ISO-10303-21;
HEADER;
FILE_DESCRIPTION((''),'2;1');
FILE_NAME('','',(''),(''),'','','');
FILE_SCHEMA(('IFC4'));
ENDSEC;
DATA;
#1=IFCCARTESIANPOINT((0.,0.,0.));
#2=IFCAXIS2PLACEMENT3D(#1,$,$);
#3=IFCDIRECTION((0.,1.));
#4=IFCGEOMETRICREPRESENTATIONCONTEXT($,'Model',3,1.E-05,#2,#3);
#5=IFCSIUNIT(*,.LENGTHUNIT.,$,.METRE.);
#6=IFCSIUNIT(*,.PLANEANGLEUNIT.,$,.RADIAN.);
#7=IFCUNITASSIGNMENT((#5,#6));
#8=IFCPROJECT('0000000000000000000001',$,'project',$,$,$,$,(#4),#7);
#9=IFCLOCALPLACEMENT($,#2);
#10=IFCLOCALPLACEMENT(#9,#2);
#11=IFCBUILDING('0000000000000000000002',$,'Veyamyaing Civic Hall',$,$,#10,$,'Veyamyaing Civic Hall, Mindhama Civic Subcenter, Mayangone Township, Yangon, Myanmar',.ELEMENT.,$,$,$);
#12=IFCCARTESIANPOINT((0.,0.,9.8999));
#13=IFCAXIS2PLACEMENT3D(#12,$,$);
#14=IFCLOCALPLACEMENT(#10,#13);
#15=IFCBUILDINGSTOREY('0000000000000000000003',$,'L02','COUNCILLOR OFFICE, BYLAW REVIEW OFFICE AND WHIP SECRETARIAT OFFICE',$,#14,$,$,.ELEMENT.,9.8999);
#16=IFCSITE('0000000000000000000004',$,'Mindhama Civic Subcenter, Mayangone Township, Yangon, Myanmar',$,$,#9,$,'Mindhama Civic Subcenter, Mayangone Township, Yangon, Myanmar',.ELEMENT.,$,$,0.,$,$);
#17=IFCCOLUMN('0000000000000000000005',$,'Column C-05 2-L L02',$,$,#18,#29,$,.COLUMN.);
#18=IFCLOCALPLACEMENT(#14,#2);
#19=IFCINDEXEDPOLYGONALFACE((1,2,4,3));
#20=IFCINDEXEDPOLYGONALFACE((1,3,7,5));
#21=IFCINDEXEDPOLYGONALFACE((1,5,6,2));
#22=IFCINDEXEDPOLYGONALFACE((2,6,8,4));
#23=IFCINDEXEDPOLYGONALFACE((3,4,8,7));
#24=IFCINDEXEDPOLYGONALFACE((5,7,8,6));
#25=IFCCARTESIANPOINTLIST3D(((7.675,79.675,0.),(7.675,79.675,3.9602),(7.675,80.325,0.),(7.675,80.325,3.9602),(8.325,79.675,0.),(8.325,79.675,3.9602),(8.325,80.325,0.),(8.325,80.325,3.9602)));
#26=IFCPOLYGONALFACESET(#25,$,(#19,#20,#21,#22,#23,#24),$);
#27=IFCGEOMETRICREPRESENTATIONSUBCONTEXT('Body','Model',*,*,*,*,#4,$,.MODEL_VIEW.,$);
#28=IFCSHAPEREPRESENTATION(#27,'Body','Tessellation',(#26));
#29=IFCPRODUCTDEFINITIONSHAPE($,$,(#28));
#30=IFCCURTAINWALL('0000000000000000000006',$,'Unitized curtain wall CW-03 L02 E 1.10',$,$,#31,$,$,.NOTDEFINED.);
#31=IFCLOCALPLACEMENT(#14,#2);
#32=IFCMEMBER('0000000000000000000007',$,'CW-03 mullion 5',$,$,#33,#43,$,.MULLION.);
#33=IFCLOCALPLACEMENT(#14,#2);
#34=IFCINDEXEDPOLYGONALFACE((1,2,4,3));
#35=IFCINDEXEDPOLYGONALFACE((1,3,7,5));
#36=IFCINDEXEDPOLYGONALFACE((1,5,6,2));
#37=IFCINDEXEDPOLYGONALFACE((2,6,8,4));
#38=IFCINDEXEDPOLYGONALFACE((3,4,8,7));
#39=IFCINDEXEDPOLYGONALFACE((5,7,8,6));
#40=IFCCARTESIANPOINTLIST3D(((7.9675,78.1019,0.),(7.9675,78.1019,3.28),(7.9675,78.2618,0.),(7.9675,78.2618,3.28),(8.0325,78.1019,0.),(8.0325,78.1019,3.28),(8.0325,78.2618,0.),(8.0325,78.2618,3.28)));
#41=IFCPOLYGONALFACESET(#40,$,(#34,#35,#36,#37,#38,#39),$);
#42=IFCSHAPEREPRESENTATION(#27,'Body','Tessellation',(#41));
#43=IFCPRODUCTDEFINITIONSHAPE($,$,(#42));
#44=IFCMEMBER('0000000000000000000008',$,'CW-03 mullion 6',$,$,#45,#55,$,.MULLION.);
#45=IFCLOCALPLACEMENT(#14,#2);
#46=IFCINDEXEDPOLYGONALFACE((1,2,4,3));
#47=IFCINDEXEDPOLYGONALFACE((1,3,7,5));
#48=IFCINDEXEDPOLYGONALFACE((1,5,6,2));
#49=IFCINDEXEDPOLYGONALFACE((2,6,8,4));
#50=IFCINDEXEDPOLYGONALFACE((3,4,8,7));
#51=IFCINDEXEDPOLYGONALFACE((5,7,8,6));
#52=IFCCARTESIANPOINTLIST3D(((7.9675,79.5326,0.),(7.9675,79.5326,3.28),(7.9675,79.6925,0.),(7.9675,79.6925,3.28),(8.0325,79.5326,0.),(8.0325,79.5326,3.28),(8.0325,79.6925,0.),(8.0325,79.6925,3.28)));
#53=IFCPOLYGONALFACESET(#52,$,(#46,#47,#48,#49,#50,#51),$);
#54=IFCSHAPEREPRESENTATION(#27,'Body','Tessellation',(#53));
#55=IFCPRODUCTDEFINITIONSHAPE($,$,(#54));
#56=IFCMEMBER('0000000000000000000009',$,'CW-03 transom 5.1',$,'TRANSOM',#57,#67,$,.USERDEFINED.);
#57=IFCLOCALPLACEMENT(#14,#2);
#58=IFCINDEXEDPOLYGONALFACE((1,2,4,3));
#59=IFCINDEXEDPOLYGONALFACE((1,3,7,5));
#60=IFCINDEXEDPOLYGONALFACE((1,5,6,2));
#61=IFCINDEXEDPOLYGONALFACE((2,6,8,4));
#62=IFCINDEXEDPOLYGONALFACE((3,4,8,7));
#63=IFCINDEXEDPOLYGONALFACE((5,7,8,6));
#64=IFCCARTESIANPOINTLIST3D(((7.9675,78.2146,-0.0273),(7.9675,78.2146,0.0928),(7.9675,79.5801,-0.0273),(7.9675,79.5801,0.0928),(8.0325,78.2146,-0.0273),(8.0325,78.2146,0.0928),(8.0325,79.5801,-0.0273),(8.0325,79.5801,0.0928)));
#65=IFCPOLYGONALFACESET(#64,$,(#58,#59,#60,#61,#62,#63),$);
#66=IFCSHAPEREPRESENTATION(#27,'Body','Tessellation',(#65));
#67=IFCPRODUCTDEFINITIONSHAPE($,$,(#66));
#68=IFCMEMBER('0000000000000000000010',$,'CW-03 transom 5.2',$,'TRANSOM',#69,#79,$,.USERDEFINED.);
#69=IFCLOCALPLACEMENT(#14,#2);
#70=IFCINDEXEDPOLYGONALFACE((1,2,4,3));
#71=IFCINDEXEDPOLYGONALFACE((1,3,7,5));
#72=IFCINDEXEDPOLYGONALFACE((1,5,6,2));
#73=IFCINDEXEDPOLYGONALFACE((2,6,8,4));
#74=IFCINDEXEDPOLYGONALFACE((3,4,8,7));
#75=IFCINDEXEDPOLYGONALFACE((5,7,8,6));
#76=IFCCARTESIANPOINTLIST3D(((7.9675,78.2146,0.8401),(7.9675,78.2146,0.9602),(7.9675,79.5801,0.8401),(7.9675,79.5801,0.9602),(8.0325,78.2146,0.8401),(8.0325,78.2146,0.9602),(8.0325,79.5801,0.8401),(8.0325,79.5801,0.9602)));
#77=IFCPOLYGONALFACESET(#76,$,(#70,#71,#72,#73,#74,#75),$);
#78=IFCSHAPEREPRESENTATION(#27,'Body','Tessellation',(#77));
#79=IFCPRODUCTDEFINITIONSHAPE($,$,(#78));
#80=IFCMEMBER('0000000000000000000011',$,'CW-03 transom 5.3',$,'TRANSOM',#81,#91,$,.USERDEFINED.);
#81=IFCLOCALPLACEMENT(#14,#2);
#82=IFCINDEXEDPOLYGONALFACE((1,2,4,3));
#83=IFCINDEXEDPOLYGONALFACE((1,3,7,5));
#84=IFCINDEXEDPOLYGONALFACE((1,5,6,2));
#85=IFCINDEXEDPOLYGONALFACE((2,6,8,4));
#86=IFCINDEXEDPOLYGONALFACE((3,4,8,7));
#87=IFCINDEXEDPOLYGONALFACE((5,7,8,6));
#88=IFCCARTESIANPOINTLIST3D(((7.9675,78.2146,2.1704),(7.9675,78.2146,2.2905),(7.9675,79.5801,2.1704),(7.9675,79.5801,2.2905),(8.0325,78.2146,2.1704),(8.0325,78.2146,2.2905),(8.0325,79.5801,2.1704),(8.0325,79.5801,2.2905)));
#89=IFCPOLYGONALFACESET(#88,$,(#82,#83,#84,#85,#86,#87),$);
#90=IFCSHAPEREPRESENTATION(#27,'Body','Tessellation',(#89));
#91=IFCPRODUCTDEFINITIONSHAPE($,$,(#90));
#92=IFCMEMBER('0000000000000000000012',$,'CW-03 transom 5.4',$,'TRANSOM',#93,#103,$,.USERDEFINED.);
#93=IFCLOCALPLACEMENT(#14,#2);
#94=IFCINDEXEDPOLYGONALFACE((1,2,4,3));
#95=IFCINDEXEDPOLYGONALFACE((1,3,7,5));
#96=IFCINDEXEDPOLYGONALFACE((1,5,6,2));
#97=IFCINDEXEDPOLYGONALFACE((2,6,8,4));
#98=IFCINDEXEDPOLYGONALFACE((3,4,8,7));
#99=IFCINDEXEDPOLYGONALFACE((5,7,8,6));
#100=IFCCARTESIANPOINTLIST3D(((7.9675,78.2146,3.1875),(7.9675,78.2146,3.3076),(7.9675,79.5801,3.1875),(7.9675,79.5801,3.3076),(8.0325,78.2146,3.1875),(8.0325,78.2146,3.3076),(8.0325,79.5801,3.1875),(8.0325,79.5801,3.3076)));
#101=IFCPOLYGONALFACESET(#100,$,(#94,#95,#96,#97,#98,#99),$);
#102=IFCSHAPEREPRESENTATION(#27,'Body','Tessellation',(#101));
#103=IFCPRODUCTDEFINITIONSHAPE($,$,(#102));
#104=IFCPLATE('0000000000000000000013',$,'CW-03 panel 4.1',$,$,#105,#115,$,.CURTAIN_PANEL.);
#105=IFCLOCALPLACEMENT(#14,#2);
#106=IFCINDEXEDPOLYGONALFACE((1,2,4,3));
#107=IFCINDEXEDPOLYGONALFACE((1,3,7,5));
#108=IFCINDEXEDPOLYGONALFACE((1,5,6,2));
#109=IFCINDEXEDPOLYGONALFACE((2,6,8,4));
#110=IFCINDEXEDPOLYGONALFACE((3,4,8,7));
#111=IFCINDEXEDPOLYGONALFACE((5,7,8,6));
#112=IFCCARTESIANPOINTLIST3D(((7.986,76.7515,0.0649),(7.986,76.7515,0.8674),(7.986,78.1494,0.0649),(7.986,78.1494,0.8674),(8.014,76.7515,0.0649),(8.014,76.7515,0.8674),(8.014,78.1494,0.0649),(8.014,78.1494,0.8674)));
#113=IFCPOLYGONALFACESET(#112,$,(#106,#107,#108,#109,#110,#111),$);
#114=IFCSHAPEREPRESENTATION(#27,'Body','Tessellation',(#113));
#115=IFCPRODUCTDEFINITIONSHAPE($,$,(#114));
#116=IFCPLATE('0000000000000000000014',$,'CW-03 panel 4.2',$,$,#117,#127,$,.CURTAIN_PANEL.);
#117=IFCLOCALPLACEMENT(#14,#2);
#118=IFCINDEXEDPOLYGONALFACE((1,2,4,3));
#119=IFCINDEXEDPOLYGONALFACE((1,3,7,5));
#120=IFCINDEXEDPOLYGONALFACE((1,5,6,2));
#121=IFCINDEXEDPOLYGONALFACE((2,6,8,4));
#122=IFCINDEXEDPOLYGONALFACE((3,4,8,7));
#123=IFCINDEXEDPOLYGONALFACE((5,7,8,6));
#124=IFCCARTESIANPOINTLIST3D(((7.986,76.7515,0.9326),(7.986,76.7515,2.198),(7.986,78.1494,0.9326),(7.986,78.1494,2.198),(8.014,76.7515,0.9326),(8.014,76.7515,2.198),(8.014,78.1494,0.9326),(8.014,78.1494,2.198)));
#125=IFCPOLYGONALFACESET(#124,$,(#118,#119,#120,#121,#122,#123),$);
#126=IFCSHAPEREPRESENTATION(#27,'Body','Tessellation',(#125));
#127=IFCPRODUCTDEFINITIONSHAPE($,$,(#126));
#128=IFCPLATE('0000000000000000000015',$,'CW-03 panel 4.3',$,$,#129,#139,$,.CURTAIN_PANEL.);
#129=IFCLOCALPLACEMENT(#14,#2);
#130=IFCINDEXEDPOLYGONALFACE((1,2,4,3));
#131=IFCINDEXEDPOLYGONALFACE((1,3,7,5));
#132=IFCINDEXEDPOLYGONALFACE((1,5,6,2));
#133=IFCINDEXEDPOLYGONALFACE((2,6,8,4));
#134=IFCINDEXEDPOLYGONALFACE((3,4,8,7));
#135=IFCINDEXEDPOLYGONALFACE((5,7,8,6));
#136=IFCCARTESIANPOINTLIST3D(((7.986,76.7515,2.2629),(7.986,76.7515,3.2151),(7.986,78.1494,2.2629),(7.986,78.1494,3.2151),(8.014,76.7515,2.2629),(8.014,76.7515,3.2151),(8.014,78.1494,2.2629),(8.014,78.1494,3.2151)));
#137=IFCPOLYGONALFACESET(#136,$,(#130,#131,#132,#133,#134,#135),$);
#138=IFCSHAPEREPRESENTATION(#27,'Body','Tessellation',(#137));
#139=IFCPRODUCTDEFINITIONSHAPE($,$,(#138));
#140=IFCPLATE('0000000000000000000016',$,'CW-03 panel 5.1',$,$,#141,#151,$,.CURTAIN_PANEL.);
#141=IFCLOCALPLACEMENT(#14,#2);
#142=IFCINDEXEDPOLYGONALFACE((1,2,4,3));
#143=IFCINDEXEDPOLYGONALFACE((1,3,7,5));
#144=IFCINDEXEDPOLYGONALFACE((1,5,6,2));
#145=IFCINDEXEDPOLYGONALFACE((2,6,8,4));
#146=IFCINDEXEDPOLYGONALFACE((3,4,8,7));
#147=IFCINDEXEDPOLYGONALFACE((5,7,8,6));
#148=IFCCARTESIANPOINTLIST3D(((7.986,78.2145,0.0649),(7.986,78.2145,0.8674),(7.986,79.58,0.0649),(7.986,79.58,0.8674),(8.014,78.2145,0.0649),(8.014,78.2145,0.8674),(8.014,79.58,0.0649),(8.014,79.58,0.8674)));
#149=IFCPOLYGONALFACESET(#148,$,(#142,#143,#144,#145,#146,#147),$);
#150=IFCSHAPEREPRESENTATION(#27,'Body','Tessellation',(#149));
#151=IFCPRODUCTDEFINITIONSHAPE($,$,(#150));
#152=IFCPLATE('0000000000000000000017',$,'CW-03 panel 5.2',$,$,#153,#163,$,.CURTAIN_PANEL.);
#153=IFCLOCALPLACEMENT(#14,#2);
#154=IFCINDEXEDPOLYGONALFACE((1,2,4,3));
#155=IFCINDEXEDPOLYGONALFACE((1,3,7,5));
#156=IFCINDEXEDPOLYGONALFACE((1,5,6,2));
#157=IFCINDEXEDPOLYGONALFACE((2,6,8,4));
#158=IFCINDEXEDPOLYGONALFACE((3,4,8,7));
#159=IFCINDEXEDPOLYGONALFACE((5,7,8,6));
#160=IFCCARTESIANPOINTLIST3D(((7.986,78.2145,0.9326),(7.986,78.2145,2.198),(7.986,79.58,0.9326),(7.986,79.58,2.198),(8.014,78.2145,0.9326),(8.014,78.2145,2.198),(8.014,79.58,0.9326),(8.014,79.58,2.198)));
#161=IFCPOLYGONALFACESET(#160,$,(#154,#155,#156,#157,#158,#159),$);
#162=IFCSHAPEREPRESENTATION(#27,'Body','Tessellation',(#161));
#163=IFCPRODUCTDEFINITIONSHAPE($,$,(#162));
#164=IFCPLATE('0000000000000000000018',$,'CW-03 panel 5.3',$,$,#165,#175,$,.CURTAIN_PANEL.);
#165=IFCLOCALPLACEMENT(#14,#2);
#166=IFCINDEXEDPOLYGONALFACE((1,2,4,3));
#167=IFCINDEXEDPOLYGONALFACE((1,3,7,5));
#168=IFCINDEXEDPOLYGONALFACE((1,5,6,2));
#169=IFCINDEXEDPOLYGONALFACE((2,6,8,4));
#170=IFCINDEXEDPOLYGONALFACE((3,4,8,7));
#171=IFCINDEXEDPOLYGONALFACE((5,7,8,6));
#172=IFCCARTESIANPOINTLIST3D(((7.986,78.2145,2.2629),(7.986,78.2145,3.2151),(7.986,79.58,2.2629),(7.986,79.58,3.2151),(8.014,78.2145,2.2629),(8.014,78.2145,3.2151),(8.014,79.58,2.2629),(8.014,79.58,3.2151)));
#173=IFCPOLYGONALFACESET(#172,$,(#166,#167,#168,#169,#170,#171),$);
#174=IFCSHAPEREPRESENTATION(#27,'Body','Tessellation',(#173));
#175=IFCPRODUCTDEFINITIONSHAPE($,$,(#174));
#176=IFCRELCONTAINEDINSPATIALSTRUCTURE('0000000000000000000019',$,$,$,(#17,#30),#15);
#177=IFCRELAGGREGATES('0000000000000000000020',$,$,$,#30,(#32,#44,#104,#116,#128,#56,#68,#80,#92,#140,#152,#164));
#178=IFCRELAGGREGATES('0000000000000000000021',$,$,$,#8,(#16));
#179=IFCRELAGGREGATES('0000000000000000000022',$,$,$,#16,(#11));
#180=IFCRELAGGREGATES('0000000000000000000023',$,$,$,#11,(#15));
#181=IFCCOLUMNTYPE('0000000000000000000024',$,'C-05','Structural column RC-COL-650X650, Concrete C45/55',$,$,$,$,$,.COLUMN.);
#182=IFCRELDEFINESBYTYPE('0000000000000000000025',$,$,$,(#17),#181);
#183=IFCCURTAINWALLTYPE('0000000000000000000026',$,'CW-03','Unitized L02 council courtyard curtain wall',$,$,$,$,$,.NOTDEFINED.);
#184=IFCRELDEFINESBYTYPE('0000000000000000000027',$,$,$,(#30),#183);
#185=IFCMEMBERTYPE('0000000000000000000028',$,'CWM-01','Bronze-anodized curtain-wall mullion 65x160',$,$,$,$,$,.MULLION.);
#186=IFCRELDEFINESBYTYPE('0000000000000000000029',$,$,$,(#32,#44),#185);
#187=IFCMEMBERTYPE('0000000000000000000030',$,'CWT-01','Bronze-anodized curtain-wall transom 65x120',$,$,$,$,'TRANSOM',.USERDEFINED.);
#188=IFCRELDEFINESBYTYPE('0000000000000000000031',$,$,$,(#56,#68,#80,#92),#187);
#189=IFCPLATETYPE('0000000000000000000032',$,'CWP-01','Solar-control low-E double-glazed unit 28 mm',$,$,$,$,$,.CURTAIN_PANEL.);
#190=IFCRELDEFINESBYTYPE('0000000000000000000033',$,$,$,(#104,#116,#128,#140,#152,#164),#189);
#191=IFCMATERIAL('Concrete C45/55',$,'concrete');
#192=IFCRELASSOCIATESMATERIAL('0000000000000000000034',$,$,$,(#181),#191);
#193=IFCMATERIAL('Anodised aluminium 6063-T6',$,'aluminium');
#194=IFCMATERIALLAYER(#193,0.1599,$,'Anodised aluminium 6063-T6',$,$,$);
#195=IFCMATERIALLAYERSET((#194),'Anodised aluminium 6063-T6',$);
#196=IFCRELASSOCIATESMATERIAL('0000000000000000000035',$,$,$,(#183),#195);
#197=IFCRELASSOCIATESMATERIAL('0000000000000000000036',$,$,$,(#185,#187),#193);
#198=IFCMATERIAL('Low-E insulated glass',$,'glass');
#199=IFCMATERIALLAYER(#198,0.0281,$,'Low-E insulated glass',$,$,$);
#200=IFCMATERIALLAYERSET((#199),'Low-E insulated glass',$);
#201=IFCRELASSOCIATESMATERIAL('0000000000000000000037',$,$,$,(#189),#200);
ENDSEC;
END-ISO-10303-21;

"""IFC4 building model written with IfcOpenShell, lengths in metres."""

from ifc_helpers import new_model, si_unit, direction, frame, origin, origin_2d, place, context, subcontext, project, spatial, rectangle, extrude, material, layer, layer_set, material_profile, profile_set, type_object, element, aggregate, save


model = new_model("IFC4")

# Units and contexts
model_context = context("Model", 3, precision=1e-05, world=origin(), true_north=direction((0.0, 1.0)))
body_context = subcontext(model_context, "Body", "Model", "MODEL_VIEW")
ifc_project = project(units=[si_unit("LENGTHUNIT", "METRE"), si_unit("PLANEANGLEUNIT", "RADIAN")], contexts=[model_context])

# Site, building, storey
site_placement = place(None, origin())
site = spatial("IfcSite", under=ifc_project, at=site_placement, Name="Mindhama Civic Subcenter, Mayangone Township, Yangon, Myanmar", LongName="Mindhama Civic Subcenter, Mayangone Township, Yangon, Myanmar", CompositionType="ELEMENT", RefElevation=0.0)
building_placement = place(site_placement, origin())
building = spatial("IfcBuilding", under=site, at=building_placement, Name="Veyamyaing Civic Hall", LongName="Veyamyaing Civic Hall, Mindhama Civic Subcenter, Mayangone Township, Yangon, Myanmar", CompositionType="ELEMENT")
storey_placement = place(building_placement, frame((0.0, 0.0, 9.8999)))
storey = spatial("IfcBuildingStorey", under=building, at=storey_placement, Name="L02", Description="COUNCILLOR OFFICE, BYLAW REVIEW OFFICE AND WHIP SECRETARIAT OFFICE", CompositionType="ELEMENT", Elevation=9.8999)

# Column
ifc_material_1 = material(Name="Concrete C45/55", Category="concrete")
ifc_material_profile_1 = material_profile(ifc_material_1, rectangle(XDim=0.6499, YDim=0.6499, at=origin_2d()), Name="RC-COL-650X650")
ifc_profile_set_1 = profile_set([ifc_material_profile_1], Name="Concrete C45/55")
column_type = type_object("IfcColumnType", Name="C-05", Description="Structural column RC-COL-650X650, Concrete C45/55", PredefinedType="COLUMN", material=ifc_profile_set_1)
column_placement = place(storey_placement, frame((8.0, 80.0, 0.0), z_axis=(0.0, 0.0, 1.0), x_axis=(1.0, 0.0, 0.0)))
element("IfcColumn", 1, at=column_placement, inside=storey, type_object=column_type, Name="Column C-05 2-L L02", PredefinedType="COLUMN", context=body_context, shape_type="SweptSolid", body=[
    extrude(rectangle(XDim=0.6499, YDim=0.6499, at=origin_2d()), origin(), (0.0, 0.0, 1.0), 3.9602),
])

# Curtain wall, members, plates
ifc_material_2 = material(Name="Anodised aluminium 6063-T6", Category="aluminium")
ifc_layer_1 = layer(ifc_material_2, 0.1599, Name="Anodised aluminium 6063-T6")
ifc_layer_set_1 = layer_set([ifc_layer_1], Name="Anodised aluminium 6063-T6")
curtain_wall_type = type_object("IfcCurtainWallType", Name="CW-03", Description="Unitized L02 council courtyard curtain wall", PredefinedType="NOTDEFINED", material=ifc_layer_set_1)
curtain_wall_placement = place(storey_placement, origin())
curtain_wall = element("IfcCurtainWall", 2, at=curtain_wall_placement, inside=storey, type_object=curtain_wall_type, Name="Unitized curtain wall CW-03 L02 E 1.10", PredefinedType="NOTDEFINED")
ifc_material_profile_2 = material_profile(ifc_material_2, rectangle(XDim=0.0649, YDim=0.1599, at=origin_2d()), Name="ALU-MUL-65X160")
ifc_profile_set_2 = profile_set([ifc_material_profile_2], Name="Anodised aluminium 6063-T6")
member_type_1 = type_object("IfcMemberType", Name="CWM-01", Description="Bronze-anodized curtain-wall mullion 65x160", PredefinedType="MULLION", material=ifc_profile_set_2)
member_1_placement = place(storey_placement, frame((8.0, 78.1819, 0.0), z_axis=(0.0, 0.0, 1.0), x_axis=(-1.0, 0.0, 0.0)))
member_1 = element("IfcMember", 3, at=member_1_placement, type_object=member_type_1, Name="CW-03 mullion 5", PredefinedType="MULLION", context=body_context, shape_type="SweptSolid", body=[
    extrude(rectangle(XDim=0.0649, YDim=0.1599, at=origin_2d()), origin(), (0.0, 0.0, 1.0), 3.28),
])
member_2_placement = place(storey_placement, frame((8.0, 79.6125, 0.0), z_axis=(0.0, 0.0, 1.0), x_axis=(-1.0, 0.0, 0.0)))
member_2 = element("IfcMember", 4, at=member_2_placement, type_object=member_type_1, Name="CW-03 mullion 6", PredefinedType="MULLION", context=body_context, shape_type="SweptSolid", body=[
    extrude(rectangle(XDim=0.0649, YDim=0.1599, at=origin_2d()), origin(), (0.0, 0.0, 1.0), 3.28),
])
ifc_material_profile_3 = material_profile(ifc_material_2, rectangle(XDim=0.0649, YDim=0.1201, at=origin_2d()), Name="ALU-TRN-65X120")
ifc_profile_set_3 = profile_set([ifc_material_profile_3], Name="Anodised aluminium 6063-T6")
member_type_2 = type_object("IfcMemberType", Name="CWT-01", Description="Bronze-anodized curtain-wall transom 65x120", ElementType="TRANSOM", PredefinedType="USERDEFINED", material=ifc_profile_set_3)
member_3_placement = place(storey_placement, frame((8.0, 78.2146, 0.0327), z_axis=(0.0, 1.0, 0.0), x_axis=(-1.0, 0.0, 0.0)))
member_3 = element("IfcMember", 5, at=member_3_placement, type_object=member_type_2, Name="CW-03 transom 5.1", ObjectType="TRANSOM", PredefinedType="USERDEFINED", context=body_context, shape_type="SweptSolid", body=[
    extrude(rectangle(XDim=0.0649, YDim=0.1201, at=origin_2d()), origin(), (0.0, 0.0, 1.0), 1.3655),
])
member_4_placement = place(storey_placement, frame((8.0, 78.2146, 0.9001), z_axis=(0.0, 1.0, 0.0), x_axis=(-1.0, 0.0, 0.0)))
member_4 = element("IfcMember", 6, at=member_4_placement, type_object=member_type_2, Name="CW-03 transom 5.2", ObjectType="TRANSOM", PredefinedType="USERDEFINED", context=body_context, shape_type="SweptSolid", body=[
    extrude(rectangle(XDim=0.0649, YDim=0.1201, at=origin_2d()), origin(), (0.0, 0.0, 1.0), 1.3655),
])
member_5_placement = place(storey_placement, frame((8.0, 78.2146, 2.2305), z_axis=(0.0, 1.0, 0.0), x_axis=(-1.0, 0.0, 0.0)))
member_5 = element("IfcMember", 7, at=member_5_placement, type_object=member_type_2, Name="CW-03 transom 5.3", ObjectType="TRANSOM", PredefinedType="USERDEFINED", context=body_context, shape_type="SweptSolid", body=[
    extrude(rectangle(XDim=0.0649, YDim=0.1201, at=origin_2d()), origin(), (0.0, 0.0, 1.0), 1.3655),
])
member_6_placement = place(storey_placement, frame((8.0, 78.2146, 3.2476), z_axis=(0.0, 1.0, 0.0), x_axis=(-1.0, 0.0, 0.0)))
member_6 = element("IfcMember", 8, at=member_6_placement, type_object=member_type_2, Name="CW-03 transom 5.4", ObjectType="TRANSOM", PredefinedType="USERDEFINED", context=body_context, shape_type="SweptSolid", body=[
    extrude(rectangle(XDim=0.0649, YDim=0.1201, at=origin_2d()), origin(), (0.0, 0.0, 1.0), 1.3655),
])
ifc_material_3 = material(Name="Low-E insulated glass", Category="glass")
ifc_layer_2 = layer(ifc_material_3, 0.0281, Name="Low-E insulated glass")
ifc_layer_set_2 = layer_set([ifc_layer_2], Name="Low-E insulated glass")
plate_type = type_object("IfcPlateType", Name="CWP-01", Description="Solar-control low-E double-glazed unit 28 mm", PredefinedType="CURTAIN_PANEL", material=ifc_layer_set_2)
plate_1_placement = place(storey_placement, frame((8.0, 77.4504, 0.0649), z_axis=(0.0, 0.0, 1.0), x_axis=(0.0, 1.0, 0.0)))
plate_1 = element("IfcPlate", 9, at=plate_1_placement, type_object=plate_type, Name="CW-03 panel 4.1", PredefinedType="CURTAIN_PANEL", context=body_context, shape_type="SweptSolid", body=[
    extrude(rectangle(XDim=1.3979, YDim=0.0281, at=origin_2d()), origin(), (0.0, 0.0, 1.0), 0.8025),
])
plate_2_placement = place(storey_placement, frame((8.0, 77.4504, 0.9326), z_axis=(0.0, 0.0, 1.0), x_axis=(0.0, 1.0, 0.0)))
plate_2 = element("IfcPlate", 10, at=plate_2_placement, type_object=plate_type, Name="CW-03 panel 4.2", PredefinedType="CURTAIN_PANEL", context=body_context, shape_type="SweptSolid", body=[
    extrude(rectangle(XDim=1.3979, YDim=0.0281, at=origin_2d()), origin(), (0.0, 0.0, 1.0), 1.2654),
])
plate_3_placement = place(storey_placement, frame((8.0, 77.4504, 2.2629), z_axis=(0.0, 0.0, 1.0), x_axis=(0.0, 1.0, 0.0)))
plate_3 = element("IfcPlate", 11, at=plate_3_placement, type_object=plate_type, Name="CW-03 panel 4.3", PredefinedType="CURTAIN_PANEL", context=body_context, shape_type="SweptSolid", body=[
    extrude(rectangle(XDim=1.3979, YDim=0.0281, at=origin_2d()), origin(), (0.0, 0.0, 1.0), 0.9521),
])
plate_4_placement = place(storey_placement, frame((8.0, 78.8972, 0.0649), z_axis=(0.0, 0.0, 1.0), x_axis=(0.0, 1.0, 0.0)))
plate_4 = element("IfcPlate", 12, at=plate_4_placement, type_object=plate_type, Name="CW-03 panel 5.1", PredefinedType="CURTAIN_PANEL", context=body_context, shape_type="SweptSolid", body=[
    extrude(rectangle(XDim=1.3655, YDim=0.0281, at=origin_2d()), origin(), (0.0, 0.0, 1.0), 0.8025),
])
plate_5_placement = place(storey_placement, frame((8.0, 78.8972, 0.9326), z_axis=(0.0, 0.0, 1.0), x_axis=(0.0, 1.0, 0.0)))
plate_5 = element("IfcPlate", 13, at=plate_5_placement, type_object=plate_type, Name="CW-03 panel 5.2", PredefinedType="CURTAIN_PANEL", context=body_context, shape_type="SweptSolid", body=[
    extrude(rectangle(XDim=1.3655, YDim=0.0281, at=origin_2d()), origin(), (0.0, 0.0, 1.0), 1.2654),
])
plate_6_placement = place(storey_placement, frame((8.0, 78.8972, 2.2629), z_axis=(0.0, 0.0, 1.0), x_axis=(0.0, 1.0, 0.0)))
plate_6 = element("IfcPlate", 14, at=plate_6_placement, type_object=plate_type, Name="CW-03 panel 5.3", PredefinedType="CURTAIN_PANEL", context=body_context, shape_type="SweptSolid", body=[
    extrude(rectangle(XDim=1.3655, YDim=0.0281, at=origin_2d()), origin(), (0.0, 0.0, 1.0), 0.9521),
])
aggregate(curtain_wall, [member_1, member_2, plate_1, plate_2, plate_3, member_3, member_4, member_5, member_6, plate_4, plate_5, plate_6])

save(model, "model.ifc")
